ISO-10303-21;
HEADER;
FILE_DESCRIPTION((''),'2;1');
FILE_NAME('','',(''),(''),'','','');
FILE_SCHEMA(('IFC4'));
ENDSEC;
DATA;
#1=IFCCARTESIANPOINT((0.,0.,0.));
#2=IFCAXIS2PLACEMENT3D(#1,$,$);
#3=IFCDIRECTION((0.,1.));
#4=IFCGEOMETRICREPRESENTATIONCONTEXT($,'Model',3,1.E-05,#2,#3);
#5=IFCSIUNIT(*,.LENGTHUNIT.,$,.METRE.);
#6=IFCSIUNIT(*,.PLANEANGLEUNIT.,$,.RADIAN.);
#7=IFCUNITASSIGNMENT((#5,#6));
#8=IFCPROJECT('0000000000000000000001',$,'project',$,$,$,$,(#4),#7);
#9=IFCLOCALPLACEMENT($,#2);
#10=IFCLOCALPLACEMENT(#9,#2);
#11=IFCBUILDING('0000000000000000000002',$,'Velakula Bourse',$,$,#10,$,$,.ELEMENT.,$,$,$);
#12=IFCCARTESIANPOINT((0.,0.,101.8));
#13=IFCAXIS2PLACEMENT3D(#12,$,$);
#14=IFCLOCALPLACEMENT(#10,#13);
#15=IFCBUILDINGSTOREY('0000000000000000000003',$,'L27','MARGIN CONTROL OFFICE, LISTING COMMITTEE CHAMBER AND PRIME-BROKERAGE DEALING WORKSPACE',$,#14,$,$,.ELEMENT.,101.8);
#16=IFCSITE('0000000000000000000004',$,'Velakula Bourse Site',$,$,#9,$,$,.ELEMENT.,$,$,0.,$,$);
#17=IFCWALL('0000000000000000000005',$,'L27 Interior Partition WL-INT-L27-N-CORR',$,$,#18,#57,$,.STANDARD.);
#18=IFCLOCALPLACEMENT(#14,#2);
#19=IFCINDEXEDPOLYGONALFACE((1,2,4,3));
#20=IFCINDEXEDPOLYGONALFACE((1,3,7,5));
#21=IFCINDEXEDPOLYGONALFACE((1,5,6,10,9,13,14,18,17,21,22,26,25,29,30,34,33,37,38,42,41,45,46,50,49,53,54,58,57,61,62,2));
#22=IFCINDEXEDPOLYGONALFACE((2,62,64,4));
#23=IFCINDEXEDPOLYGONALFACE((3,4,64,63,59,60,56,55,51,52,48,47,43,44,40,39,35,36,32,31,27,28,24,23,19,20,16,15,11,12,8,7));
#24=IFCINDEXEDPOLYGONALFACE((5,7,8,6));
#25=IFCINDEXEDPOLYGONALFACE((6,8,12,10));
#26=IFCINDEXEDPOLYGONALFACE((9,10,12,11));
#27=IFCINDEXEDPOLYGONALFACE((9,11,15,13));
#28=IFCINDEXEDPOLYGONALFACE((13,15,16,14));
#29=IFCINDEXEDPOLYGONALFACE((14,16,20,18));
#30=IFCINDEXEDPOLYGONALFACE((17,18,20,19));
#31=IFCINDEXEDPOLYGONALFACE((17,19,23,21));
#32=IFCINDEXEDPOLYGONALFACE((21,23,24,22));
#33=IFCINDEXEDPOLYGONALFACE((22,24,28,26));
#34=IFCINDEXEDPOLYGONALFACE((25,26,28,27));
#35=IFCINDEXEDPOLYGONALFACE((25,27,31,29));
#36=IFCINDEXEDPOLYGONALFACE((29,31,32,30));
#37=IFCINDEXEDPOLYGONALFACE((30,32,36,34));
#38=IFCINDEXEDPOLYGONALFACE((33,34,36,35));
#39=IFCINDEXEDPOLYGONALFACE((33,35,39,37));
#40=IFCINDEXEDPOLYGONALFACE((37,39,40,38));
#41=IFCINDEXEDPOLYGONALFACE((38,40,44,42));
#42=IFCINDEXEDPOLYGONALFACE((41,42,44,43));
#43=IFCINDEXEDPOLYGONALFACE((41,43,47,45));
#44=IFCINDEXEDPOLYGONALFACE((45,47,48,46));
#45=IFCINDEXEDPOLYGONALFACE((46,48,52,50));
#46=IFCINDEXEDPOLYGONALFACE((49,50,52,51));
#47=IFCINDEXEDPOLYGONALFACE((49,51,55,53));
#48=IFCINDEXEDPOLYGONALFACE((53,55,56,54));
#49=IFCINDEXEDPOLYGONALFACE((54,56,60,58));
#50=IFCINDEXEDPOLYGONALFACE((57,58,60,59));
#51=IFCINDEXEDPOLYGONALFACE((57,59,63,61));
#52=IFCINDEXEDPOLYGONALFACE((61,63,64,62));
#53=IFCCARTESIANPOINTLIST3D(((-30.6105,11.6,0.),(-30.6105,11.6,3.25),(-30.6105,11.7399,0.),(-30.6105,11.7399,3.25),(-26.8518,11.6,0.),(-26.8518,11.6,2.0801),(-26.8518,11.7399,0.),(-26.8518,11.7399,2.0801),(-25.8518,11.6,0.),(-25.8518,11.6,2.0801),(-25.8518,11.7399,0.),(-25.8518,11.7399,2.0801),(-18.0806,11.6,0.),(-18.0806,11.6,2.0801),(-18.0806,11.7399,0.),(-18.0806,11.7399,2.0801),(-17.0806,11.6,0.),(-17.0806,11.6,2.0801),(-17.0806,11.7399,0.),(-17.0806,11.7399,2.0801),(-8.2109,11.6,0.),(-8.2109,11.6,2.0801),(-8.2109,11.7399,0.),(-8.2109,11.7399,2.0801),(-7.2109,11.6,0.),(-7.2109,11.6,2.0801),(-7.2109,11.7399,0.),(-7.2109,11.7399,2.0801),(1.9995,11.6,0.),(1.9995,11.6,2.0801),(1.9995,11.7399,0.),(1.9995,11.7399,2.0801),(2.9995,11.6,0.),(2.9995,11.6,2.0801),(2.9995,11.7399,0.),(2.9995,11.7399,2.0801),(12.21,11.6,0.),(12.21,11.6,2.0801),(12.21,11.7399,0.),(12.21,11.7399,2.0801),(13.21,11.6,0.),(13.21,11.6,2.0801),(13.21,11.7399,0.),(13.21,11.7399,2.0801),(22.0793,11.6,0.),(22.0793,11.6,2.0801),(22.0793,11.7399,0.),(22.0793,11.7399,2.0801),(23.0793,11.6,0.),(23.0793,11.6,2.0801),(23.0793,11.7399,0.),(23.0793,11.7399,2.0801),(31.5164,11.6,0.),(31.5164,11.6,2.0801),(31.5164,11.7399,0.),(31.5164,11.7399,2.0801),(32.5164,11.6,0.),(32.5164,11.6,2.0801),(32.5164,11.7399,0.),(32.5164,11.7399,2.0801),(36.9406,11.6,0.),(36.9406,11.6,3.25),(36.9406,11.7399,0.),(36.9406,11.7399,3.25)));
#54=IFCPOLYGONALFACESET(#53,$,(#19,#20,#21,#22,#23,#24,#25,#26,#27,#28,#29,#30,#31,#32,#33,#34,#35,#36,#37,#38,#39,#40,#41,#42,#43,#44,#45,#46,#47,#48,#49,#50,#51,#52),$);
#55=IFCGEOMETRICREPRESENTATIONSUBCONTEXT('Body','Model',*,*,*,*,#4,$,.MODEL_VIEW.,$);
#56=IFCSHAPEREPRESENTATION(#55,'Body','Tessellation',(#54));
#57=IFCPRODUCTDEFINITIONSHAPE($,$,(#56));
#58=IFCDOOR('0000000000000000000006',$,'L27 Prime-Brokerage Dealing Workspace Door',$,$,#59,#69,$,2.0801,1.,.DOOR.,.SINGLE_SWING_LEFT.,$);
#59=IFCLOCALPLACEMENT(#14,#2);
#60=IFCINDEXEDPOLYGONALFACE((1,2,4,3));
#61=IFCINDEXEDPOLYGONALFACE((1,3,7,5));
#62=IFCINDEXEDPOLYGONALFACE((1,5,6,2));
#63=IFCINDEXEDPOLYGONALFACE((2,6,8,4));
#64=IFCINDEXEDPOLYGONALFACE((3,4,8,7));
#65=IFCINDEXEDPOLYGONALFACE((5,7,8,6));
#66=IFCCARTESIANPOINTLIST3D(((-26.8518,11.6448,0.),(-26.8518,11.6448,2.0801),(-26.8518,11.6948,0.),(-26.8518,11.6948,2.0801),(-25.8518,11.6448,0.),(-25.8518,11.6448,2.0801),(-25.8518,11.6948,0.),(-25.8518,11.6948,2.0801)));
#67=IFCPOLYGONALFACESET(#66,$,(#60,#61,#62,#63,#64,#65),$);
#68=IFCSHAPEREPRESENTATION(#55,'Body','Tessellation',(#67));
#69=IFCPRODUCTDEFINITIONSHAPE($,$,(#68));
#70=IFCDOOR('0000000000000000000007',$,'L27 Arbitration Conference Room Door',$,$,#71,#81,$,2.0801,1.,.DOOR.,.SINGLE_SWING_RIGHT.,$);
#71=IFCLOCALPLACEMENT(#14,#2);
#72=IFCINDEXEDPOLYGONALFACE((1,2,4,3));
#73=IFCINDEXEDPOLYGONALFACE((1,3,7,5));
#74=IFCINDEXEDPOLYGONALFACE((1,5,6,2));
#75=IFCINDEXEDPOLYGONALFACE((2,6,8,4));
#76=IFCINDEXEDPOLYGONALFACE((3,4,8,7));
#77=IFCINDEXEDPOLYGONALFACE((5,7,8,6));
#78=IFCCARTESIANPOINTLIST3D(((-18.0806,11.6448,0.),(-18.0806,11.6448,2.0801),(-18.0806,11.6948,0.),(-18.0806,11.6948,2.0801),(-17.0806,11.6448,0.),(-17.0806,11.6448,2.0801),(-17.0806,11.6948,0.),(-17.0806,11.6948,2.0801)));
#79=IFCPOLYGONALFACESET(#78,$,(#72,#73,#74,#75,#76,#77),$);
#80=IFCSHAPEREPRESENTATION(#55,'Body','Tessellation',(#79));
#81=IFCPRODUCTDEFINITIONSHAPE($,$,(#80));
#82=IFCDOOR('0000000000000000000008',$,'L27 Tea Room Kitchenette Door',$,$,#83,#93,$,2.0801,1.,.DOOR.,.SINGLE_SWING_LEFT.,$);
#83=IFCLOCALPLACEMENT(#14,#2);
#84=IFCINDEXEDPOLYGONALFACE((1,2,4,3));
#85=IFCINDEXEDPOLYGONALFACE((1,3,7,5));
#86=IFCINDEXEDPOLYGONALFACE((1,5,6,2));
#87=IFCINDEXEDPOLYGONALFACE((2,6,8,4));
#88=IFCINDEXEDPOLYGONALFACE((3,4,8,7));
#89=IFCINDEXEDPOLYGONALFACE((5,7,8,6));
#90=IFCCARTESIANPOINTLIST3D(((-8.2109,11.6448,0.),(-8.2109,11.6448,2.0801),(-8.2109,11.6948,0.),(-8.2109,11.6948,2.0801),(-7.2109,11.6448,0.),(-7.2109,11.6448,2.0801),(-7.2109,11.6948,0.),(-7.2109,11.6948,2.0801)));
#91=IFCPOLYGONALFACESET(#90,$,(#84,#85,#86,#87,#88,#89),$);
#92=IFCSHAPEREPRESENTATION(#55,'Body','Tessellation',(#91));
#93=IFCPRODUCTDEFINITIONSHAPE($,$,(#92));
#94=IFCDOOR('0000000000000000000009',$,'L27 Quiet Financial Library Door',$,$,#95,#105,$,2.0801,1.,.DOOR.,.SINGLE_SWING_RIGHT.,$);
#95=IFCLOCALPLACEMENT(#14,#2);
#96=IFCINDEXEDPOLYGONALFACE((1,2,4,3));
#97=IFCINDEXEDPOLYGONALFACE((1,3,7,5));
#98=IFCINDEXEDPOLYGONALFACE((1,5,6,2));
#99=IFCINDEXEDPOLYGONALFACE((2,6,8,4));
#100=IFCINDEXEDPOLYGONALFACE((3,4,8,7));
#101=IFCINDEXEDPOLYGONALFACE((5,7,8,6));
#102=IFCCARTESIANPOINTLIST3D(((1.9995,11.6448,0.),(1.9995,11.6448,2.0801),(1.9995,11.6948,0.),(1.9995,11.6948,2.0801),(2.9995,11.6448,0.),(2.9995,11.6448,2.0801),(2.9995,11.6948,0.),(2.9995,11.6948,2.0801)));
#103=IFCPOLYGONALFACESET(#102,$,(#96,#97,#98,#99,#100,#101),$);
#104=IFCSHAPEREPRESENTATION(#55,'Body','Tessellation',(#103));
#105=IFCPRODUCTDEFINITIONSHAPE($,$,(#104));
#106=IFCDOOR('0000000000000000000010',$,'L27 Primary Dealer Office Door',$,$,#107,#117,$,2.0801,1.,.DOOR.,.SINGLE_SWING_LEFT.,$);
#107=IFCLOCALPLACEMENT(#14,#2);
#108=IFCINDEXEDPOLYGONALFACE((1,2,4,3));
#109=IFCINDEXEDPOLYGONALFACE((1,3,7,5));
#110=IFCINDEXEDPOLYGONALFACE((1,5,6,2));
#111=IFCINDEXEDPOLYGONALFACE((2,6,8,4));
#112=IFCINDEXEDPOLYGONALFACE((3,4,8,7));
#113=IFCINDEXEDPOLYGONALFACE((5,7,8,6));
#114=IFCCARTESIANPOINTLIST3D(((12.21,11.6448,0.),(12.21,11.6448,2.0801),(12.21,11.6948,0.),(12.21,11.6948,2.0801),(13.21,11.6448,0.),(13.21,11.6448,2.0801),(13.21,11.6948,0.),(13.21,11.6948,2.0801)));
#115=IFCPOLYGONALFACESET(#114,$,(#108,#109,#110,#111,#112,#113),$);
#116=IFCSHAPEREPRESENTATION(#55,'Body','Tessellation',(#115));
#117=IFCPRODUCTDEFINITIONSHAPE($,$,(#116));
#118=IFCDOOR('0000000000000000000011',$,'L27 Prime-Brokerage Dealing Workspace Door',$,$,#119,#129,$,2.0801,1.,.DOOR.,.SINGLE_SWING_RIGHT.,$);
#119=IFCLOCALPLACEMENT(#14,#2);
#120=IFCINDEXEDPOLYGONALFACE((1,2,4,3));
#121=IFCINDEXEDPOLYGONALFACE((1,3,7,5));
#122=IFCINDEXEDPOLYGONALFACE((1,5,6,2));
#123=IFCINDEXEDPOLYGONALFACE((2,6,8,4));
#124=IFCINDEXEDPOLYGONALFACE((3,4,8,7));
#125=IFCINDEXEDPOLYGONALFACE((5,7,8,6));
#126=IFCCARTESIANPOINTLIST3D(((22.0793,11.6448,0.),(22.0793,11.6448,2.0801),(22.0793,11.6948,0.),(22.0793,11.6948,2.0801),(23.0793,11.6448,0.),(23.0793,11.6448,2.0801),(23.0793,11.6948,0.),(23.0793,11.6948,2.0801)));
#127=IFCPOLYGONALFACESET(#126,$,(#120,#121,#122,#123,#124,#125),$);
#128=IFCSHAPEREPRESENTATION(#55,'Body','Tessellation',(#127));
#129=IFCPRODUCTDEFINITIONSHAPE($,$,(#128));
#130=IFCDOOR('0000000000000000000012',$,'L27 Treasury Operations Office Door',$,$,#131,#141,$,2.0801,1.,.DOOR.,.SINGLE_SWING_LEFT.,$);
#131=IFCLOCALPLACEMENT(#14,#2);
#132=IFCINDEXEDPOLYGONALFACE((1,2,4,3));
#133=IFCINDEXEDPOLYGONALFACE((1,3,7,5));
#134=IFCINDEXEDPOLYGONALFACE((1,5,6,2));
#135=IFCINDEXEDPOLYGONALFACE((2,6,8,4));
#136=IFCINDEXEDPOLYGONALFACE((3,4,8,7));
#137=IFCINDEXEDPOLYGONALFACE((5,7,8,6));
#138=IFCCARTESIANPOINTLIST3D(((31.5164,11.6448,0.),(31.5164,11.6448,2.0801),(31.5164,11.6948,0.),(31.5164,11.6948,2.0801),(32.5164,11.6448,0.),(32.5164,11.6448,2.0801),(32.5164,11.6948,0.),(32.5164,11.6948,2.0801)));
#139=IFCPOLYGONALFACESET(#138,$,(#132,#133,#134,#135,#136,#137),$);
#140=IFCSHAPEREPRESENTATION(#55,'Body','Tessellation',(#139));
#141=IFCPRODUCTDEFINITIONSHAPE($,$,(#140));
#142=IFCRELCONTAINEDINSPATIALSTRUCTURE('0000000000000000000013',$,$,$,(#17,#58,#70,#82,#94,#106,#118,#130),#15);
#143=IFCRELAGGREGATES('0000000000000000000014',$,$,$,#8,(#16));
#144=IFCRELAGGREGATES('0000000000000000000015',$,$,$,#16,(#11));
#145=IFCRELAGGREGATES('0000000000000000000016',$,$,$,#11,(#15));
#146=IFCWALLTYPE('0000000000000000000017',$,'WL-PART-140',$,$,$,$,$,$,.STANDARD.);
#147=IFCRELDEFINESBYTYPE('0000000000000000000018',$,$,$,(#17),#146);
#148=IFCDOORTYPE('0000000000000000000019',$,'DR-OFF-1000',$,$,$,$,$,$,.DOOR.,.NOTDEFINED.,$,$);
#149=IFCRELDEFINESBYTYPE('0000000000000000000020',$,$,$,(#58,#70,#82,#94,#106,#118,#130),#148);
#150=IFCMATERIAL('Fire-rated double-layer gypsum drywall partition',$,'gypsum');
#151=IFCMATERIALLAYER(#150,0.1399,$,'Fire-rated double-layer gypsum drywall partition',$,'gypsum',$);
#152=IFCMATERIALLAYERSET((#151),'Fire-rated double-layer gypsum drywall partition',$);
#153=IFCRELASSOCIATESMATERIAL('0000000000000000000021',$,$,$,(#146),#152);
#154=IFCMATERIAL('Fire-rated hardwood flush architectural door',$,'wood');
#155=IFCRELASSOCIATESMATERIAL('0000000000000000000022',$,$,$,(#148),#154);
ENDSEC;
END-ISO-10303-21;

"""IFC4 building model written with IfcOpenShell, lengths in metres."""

from ifc_helpers import new_model, si_unit, direction, frame, frame_2d, origin, place, context, subcontext, project, spatial, rectangle, extrude, material, layer, layer_set, type_object, element, fill, save


model = new_model("IFC4")

# Units and contexts
model_context = context("Model", 3, precision=1e-05, world=origin(), true_north=direction((0.0, 1.0)))
body_context = subcontext(model_context, "Body", "Model", "MODEL_VIEW")
ifc_project = project(units=[si_unit("LENGTHUNIT", "METRE"), si_unit("PLANEANGLEUNIT", "RADIAN")], contexts=[model_context])

# Site, building, storey
site_placement = place(None, origin())
site = spatial("IfcSite", under=ifc_project, at=site_placement, Name="Velakula Bourse Site", CompositionType="ELEMENT", RefElevation=0.0)
building_placement = place(site_placement, origin())
building = spatial("IfcBuilding", under=site, at=building_placement, Name="Velakula Bourse", CompositionType="ELEMENT")
storey_placement = place(building_placement, frame((0.0, 0.0, 101.8)))
storey = spatial("IfcBuildingStorey", under=building, at=storey_placement, Name="L27", Description="MARGIN CONTROL OFFICE, LISTING COMMITTEE CHAMBER AND PRIME-BROKERAGE DEALING WORKSPACE", CompositionType="ELEMENT", Elevation=101.8)

# Shared definitions
ifc_material_1 = material(Name="Fire-rated double-layer gypsum drywall partition", Category="gypsum")

# Wall, openings, doors
ifc_layer_1 = layer(ifc_material_1, 0.1399, Name="Fire-rated double-layer gypsum drywall partition", Category="gypsum")
ifc_layer_set_1 = layer_set([ifc_layer_1], Name="Fire-rated double-layer gypsum drywall partition")
wall_type_1 = type_object("IfcWallType", Name="WL-PART-140", PredefinedType="STANDARD", material=ifc_layer_set_1)
wall_1_placement = place(storey_placement, frame((-30.6104, 11.6699, 0.0), z_axis=(0.0, 0.0, 1.0), x_axis=(1.0, 0.0, 0.0)))
wall_1 = element("IfcWall", 1, at=wall_1_placement, inside=storey, type_object=wall_type_1, Name="L27 Interior Partition WL-INT-L27-N-CORR", PredefinedType="STANDARD", context=body_context, shape_type="SweptSolid", body=[
    extrude(rectangle(XDim=67.551, YDim=0.1399, at=frame_2d((33.7754, 0.0))), origin(), (0.0, 0.0, 1.0), 3.25),
])
opening_1_placement = place(wall_1_placement, frame((3.7585, 0.0, 0.0)))
opening_1 = element("IfcOpeningElement", 2, at=opening_1_placement, cuts=wall_1, PredefinedType="OPENING", context=body_context, shape_type="SweptSolid", body=[
    extrude(rectangle(XDim=1.0, YDim=2.0801, at=frame_2d((0.5, 1.04))), frame((0.0, 0.0798, 0.0), z_axis=(0.0, -1.0, 0.0), x_axis=(1.0, 0.0, 0.0)), (0.0, 0.0, 1.0), 0.1599),
])
opening_2_placement = place(wall_1_placement, frame((12.5298, 0.0, 0.0)))
opening_2 = element("IfcOpeningElement", 3, at=opening_2_placement, cuts=wall_1, PredefinedType="OPENING", context=body_context, shape_type="SweptSolid", body=[
    extrude(rectangle(XDim=1.0, YDim=2.0801, at=frame_2d((0.5, 1.04))), frame((0.0, 0.0798, 0.0), z_axis=(0.0, -1.0, 0.0), x_axis=(1.0, 0.0, 0.0)), (0.0, 0.0, 1.0), 0.1599),
])
opening_3_placement = place(wall_1_placement, frame((22.3994, 0.0, 0.0)))
opening_3 = element("IfcOpeningElement", 4, at=opening_3_placement, cuts=wall_1, PredefinedType="OPENING", context=body_context, shape_type="SweptSolid", body=[
    extrude(rectangle(XDim=1.0, YDim=2.0801, at=frame_2d((0.5, 1.04))), frame((0.0, 0.0798, 0.0), z_axis=(0.0, -1.0, 0.0), x_axis=(1.0, 0.0, 0.0)), (0.0, 0.0, 1.0), 0.1599),
])
opening_4_placement = place(wall_1_placement, frame((32.6099, 0.0, 0.0)))
opening_4 = element("IfcOpeningElement", 5, at=opening_4_placement, cuts=wall_1, PredefinedType="OPENING", context=body_context, shape_type="SweptSolid", body=[
    extrude(rectangle(XDim=1.0, YDim=2.0801, at=frame_2d((0.5, 1.04))), frame((0.0, 0.0798, 0.0), z_axis=(0.0, -1.0, 0.0), x_axis=(1.0, 0.0, 0.0)), (0.0, 0.0, 1.0), 0.1599),
])
opening_5_placement = place(wall_1_placement, frame((42.8203, 0.0, 0.0)))
opening_5 = element("IfcOpeningElement", 6, at=opening_5_placement, cuts=wall_1, PredefinedType="OPENING", context=body_context, shape_type="SweptSolid", body=[
    extrude(rectangle(XDim=1.0, YDim=2.0801, at=frame_2d((0.5, 1.04))), frame((0.0, 0.0798, 0.0), z_axis=(0.0, -1.0, 0.0), x_axis=(1.0, 0.0, 0.0)), (0.0, 0.0, 1.0), 0.1599),
])
opening_6_placement = place(wall_1_placement, frame((52.6897, 0.0, 0.0)))
opening_6 = element("IfcOpeningElement", 7, at=opening_6_placement, cuts=wall_1, PredefinedType="OPENING", context=body_context, shape_type="SweptSolid", body=[
    extrude(rectangle(XDim=1.0, YDim=2.0801, at=frame_2d((0.5, 1.04))), frame((0.0, 0.0798, 0.0), z_axis=(0.0, -1.0, 0.0), x_axis=(1.0, 0.0, 0.0)), (0.0, 0.0, 1.0), 0.1599),
])
opening_7_placement = place(wall_1_placement, frame((62.1267, 0.0, 0.0)))
opening_7 = element("IfcOpeningElement", 8, at=opening_7_placement, cuts=wall_1, PredefinedType="OPENING", context=body_context, shape_type="SweptSolid", body=[
    extrude(rectangle(XDim=1.0, YDim=2.0801, at=frame_2d((0.5, 1.04))), frame((0.0, 0.0798, 0.0), z_axis=(0.0, -1.0, 0.0), x_axis=(1.0, 0.0, 0.0)), (0.0, 0.0, 1.0), 0.1599),
])
ifc_material_2 = material(Name="Fire-rated hardwood flush architectural door", Category="wood")
door_type = type_object("IfcDoorType", Name="DR-OFF-1000", OperationType="NOTDEFINED", PredefinedType="DOOR", material=ifc_material_2)
door_1_placement = place(opening_1_placement, origin())
door_1 = element("IfcDoor", 9, at=door_1_placement, inside=storey, type_object=door_type, Name="L27 Prime-Brokerage Dealing Workspace Door", OperationType="SINGLE_SWING_LEFT", OverallHeight=2.0801, OverallWidth=1.0, PredefinedType="DOOR", context=body_context, shape_type="SweptSolid", body=[
    extrude(rectangle(XDim=1.0, YDim=2.0801, at=frame_2d((0.5, 1.04))), frame((0.0, 0.0249, 0.0), z_axis=(0.0, -1.0, 0.0), x_axis=(1.0, 0.0, 0.0)), (0.0, 0.0, 1.0), 0.05),
])
fill(opening_1, door_1)
door_2_placement = place(opening_2_placement, origin())
door_2 = element("IfcDoor", 10, at=door_2_placement, inside=storey, type_object=door_type, Name="L27 Arbitration Conference Room Door", OperationType="SINGLE_SWING_RIGHT", OverallHeight=2.0801, OverallWidth=1.0, PredefinedType="DOOR", context=body_context, shape_type="SweptSolid", body=[
    extrude(rectangle(XDim=1.0, YDim=2.0801, at=frame_2d((0.5, 1.04))), frame((0.0, 0.0249, 0.0), z_axis=(0.0, -1.0, 0.0), x_axis=(1.0, 0.0, 0.0)), (0.0, 0.0, 1.0), 0.05),
])
fill(opening_2, door_2)
door_3_placement = place(opening_3_placement, origin())
door_3 = element("IfcDoor", 11, at=door_3_placement, inside=storey, type_object=door_type, Name="L27 Tea Room Kitchenette Door", OperationType="SINGLE_SWING_LEFT", OverallHeight=2.0801, OverallWidth=1.0, PredefinedType="DOOR", context=body_context, shape_type="SweptSolid", body=[
    extrude(rectangle(XDim=1.0, YDim=2.0801, at=frame_2d((0.5, 1.04))), frame((0.0, 0.0249, 0.0), z_axis=(0.0, -1.0, 0.0), x_axis=(1.0, 0.0, 0.0)), (0.0, 0.0, 1.0), 0.05),
])
fill(opening_3, door_3)
door_4_placement = place(opening_4_placement, origin())
door_4 = element("IfcDoor", 12, at=door_4_placement, inside=storey, type_object=door_type, Name="L27 Quiet Financial Library Door", OperationType="SINGLE_SWING_RIGHT", OverallHeight=2.0801, OverallWidth=1.0, PredefinedType="DOOR", context=body_context, shape_type="SweptSolid", body=[
    extrude(rectangle(XDim=1.0, YDim=2.0801, at=frame_2d((0.5, 1.04))), frame((0.0, 0.0249, 0.0), z_axis=(0.0, -1.0, 0.0), x_axis=(1.0, 0.0, 0.0)), (0.0, 0.0, 1.0), 0.05),
])
fill(opening_4, door_4)
door_5_placement = place(opening_5_placement, origin())
door_5 = element("IfcDoor", 13, at=door_5_placement, inside=storey, type_object=door_type, Name="L27 Primary Dealer Office Door", OperationType="SINGLE_SWING_LEFT", OverallHeight=2.0801, OverallWidth=1.0, PredefinedType="DOOR", context=body_context, shape_type="SweptSolid", body=[
    extrude(rectangle(XDim=1.0, YDim=2.0801, at=frame_2d((0.5, 1.04))), frame((0.0, 0.0249, 0.0), z_axis=(0.0, -1.0, 0.0), x_axis=(1.0, 0.0, 0.0)), (0.0, 0.0, 1.0), 0.05),
])
fill(opening_5, door_5)
door_6_placement = place(opening_6_placement, origin())
door_6 = element("IfcDoor", 14, at=door_6_placement, inside=storey, type_object=door_type, Name="L27 Prime-Brokerage Dealing Workspace Door", OperationType="SINGLE_SWING_RIGHT", OverallHeight=2.0801, OverallWidth=1.0, PredefinedType="DOOR", context=body_context, shape_type="SweptSolid", body=[
    extrude(rectangle(XDim=1.0, YDim=2.0801, at=frame_2d((0.5, 1.04))), frame((0.0, 0.0249, 0.0), z_axis=(0.0, -1.0, 0.0), x_axis=(1.0, 0.0, 0.0)), (0.0, 0.0, 1.0), 0.05),
])
fill(opening_6, door_6)
door_7_placement = place(opening_7_placement, origin())
door_7 = element("IfcDoor", 15, at=door_7_placement, inside=storey, type_object=door_type, Name="L27 Treasury Operations Office Door", OperationType="SINGLE_SWING_LEFT", OverallHeight=2.0801, OverallWidth=1.0, PredefinedType="DOOR", context=body_context, shape_type="SweptSolid", body=[
    extrude(rectangle(XDim=1.0, YDim=2.0801, at=frame_2d((0.5, 1.04))), frame((0.0, 0.0249, 0.0), z_axis=(0.0, -1.0, 0.0), x_axis=(1.0, 0.0, 0.0)), (0.0, 0.0, 1.0), 0.05),
])
fill(opening_7, door_7)

save(model, "model.ifc")
